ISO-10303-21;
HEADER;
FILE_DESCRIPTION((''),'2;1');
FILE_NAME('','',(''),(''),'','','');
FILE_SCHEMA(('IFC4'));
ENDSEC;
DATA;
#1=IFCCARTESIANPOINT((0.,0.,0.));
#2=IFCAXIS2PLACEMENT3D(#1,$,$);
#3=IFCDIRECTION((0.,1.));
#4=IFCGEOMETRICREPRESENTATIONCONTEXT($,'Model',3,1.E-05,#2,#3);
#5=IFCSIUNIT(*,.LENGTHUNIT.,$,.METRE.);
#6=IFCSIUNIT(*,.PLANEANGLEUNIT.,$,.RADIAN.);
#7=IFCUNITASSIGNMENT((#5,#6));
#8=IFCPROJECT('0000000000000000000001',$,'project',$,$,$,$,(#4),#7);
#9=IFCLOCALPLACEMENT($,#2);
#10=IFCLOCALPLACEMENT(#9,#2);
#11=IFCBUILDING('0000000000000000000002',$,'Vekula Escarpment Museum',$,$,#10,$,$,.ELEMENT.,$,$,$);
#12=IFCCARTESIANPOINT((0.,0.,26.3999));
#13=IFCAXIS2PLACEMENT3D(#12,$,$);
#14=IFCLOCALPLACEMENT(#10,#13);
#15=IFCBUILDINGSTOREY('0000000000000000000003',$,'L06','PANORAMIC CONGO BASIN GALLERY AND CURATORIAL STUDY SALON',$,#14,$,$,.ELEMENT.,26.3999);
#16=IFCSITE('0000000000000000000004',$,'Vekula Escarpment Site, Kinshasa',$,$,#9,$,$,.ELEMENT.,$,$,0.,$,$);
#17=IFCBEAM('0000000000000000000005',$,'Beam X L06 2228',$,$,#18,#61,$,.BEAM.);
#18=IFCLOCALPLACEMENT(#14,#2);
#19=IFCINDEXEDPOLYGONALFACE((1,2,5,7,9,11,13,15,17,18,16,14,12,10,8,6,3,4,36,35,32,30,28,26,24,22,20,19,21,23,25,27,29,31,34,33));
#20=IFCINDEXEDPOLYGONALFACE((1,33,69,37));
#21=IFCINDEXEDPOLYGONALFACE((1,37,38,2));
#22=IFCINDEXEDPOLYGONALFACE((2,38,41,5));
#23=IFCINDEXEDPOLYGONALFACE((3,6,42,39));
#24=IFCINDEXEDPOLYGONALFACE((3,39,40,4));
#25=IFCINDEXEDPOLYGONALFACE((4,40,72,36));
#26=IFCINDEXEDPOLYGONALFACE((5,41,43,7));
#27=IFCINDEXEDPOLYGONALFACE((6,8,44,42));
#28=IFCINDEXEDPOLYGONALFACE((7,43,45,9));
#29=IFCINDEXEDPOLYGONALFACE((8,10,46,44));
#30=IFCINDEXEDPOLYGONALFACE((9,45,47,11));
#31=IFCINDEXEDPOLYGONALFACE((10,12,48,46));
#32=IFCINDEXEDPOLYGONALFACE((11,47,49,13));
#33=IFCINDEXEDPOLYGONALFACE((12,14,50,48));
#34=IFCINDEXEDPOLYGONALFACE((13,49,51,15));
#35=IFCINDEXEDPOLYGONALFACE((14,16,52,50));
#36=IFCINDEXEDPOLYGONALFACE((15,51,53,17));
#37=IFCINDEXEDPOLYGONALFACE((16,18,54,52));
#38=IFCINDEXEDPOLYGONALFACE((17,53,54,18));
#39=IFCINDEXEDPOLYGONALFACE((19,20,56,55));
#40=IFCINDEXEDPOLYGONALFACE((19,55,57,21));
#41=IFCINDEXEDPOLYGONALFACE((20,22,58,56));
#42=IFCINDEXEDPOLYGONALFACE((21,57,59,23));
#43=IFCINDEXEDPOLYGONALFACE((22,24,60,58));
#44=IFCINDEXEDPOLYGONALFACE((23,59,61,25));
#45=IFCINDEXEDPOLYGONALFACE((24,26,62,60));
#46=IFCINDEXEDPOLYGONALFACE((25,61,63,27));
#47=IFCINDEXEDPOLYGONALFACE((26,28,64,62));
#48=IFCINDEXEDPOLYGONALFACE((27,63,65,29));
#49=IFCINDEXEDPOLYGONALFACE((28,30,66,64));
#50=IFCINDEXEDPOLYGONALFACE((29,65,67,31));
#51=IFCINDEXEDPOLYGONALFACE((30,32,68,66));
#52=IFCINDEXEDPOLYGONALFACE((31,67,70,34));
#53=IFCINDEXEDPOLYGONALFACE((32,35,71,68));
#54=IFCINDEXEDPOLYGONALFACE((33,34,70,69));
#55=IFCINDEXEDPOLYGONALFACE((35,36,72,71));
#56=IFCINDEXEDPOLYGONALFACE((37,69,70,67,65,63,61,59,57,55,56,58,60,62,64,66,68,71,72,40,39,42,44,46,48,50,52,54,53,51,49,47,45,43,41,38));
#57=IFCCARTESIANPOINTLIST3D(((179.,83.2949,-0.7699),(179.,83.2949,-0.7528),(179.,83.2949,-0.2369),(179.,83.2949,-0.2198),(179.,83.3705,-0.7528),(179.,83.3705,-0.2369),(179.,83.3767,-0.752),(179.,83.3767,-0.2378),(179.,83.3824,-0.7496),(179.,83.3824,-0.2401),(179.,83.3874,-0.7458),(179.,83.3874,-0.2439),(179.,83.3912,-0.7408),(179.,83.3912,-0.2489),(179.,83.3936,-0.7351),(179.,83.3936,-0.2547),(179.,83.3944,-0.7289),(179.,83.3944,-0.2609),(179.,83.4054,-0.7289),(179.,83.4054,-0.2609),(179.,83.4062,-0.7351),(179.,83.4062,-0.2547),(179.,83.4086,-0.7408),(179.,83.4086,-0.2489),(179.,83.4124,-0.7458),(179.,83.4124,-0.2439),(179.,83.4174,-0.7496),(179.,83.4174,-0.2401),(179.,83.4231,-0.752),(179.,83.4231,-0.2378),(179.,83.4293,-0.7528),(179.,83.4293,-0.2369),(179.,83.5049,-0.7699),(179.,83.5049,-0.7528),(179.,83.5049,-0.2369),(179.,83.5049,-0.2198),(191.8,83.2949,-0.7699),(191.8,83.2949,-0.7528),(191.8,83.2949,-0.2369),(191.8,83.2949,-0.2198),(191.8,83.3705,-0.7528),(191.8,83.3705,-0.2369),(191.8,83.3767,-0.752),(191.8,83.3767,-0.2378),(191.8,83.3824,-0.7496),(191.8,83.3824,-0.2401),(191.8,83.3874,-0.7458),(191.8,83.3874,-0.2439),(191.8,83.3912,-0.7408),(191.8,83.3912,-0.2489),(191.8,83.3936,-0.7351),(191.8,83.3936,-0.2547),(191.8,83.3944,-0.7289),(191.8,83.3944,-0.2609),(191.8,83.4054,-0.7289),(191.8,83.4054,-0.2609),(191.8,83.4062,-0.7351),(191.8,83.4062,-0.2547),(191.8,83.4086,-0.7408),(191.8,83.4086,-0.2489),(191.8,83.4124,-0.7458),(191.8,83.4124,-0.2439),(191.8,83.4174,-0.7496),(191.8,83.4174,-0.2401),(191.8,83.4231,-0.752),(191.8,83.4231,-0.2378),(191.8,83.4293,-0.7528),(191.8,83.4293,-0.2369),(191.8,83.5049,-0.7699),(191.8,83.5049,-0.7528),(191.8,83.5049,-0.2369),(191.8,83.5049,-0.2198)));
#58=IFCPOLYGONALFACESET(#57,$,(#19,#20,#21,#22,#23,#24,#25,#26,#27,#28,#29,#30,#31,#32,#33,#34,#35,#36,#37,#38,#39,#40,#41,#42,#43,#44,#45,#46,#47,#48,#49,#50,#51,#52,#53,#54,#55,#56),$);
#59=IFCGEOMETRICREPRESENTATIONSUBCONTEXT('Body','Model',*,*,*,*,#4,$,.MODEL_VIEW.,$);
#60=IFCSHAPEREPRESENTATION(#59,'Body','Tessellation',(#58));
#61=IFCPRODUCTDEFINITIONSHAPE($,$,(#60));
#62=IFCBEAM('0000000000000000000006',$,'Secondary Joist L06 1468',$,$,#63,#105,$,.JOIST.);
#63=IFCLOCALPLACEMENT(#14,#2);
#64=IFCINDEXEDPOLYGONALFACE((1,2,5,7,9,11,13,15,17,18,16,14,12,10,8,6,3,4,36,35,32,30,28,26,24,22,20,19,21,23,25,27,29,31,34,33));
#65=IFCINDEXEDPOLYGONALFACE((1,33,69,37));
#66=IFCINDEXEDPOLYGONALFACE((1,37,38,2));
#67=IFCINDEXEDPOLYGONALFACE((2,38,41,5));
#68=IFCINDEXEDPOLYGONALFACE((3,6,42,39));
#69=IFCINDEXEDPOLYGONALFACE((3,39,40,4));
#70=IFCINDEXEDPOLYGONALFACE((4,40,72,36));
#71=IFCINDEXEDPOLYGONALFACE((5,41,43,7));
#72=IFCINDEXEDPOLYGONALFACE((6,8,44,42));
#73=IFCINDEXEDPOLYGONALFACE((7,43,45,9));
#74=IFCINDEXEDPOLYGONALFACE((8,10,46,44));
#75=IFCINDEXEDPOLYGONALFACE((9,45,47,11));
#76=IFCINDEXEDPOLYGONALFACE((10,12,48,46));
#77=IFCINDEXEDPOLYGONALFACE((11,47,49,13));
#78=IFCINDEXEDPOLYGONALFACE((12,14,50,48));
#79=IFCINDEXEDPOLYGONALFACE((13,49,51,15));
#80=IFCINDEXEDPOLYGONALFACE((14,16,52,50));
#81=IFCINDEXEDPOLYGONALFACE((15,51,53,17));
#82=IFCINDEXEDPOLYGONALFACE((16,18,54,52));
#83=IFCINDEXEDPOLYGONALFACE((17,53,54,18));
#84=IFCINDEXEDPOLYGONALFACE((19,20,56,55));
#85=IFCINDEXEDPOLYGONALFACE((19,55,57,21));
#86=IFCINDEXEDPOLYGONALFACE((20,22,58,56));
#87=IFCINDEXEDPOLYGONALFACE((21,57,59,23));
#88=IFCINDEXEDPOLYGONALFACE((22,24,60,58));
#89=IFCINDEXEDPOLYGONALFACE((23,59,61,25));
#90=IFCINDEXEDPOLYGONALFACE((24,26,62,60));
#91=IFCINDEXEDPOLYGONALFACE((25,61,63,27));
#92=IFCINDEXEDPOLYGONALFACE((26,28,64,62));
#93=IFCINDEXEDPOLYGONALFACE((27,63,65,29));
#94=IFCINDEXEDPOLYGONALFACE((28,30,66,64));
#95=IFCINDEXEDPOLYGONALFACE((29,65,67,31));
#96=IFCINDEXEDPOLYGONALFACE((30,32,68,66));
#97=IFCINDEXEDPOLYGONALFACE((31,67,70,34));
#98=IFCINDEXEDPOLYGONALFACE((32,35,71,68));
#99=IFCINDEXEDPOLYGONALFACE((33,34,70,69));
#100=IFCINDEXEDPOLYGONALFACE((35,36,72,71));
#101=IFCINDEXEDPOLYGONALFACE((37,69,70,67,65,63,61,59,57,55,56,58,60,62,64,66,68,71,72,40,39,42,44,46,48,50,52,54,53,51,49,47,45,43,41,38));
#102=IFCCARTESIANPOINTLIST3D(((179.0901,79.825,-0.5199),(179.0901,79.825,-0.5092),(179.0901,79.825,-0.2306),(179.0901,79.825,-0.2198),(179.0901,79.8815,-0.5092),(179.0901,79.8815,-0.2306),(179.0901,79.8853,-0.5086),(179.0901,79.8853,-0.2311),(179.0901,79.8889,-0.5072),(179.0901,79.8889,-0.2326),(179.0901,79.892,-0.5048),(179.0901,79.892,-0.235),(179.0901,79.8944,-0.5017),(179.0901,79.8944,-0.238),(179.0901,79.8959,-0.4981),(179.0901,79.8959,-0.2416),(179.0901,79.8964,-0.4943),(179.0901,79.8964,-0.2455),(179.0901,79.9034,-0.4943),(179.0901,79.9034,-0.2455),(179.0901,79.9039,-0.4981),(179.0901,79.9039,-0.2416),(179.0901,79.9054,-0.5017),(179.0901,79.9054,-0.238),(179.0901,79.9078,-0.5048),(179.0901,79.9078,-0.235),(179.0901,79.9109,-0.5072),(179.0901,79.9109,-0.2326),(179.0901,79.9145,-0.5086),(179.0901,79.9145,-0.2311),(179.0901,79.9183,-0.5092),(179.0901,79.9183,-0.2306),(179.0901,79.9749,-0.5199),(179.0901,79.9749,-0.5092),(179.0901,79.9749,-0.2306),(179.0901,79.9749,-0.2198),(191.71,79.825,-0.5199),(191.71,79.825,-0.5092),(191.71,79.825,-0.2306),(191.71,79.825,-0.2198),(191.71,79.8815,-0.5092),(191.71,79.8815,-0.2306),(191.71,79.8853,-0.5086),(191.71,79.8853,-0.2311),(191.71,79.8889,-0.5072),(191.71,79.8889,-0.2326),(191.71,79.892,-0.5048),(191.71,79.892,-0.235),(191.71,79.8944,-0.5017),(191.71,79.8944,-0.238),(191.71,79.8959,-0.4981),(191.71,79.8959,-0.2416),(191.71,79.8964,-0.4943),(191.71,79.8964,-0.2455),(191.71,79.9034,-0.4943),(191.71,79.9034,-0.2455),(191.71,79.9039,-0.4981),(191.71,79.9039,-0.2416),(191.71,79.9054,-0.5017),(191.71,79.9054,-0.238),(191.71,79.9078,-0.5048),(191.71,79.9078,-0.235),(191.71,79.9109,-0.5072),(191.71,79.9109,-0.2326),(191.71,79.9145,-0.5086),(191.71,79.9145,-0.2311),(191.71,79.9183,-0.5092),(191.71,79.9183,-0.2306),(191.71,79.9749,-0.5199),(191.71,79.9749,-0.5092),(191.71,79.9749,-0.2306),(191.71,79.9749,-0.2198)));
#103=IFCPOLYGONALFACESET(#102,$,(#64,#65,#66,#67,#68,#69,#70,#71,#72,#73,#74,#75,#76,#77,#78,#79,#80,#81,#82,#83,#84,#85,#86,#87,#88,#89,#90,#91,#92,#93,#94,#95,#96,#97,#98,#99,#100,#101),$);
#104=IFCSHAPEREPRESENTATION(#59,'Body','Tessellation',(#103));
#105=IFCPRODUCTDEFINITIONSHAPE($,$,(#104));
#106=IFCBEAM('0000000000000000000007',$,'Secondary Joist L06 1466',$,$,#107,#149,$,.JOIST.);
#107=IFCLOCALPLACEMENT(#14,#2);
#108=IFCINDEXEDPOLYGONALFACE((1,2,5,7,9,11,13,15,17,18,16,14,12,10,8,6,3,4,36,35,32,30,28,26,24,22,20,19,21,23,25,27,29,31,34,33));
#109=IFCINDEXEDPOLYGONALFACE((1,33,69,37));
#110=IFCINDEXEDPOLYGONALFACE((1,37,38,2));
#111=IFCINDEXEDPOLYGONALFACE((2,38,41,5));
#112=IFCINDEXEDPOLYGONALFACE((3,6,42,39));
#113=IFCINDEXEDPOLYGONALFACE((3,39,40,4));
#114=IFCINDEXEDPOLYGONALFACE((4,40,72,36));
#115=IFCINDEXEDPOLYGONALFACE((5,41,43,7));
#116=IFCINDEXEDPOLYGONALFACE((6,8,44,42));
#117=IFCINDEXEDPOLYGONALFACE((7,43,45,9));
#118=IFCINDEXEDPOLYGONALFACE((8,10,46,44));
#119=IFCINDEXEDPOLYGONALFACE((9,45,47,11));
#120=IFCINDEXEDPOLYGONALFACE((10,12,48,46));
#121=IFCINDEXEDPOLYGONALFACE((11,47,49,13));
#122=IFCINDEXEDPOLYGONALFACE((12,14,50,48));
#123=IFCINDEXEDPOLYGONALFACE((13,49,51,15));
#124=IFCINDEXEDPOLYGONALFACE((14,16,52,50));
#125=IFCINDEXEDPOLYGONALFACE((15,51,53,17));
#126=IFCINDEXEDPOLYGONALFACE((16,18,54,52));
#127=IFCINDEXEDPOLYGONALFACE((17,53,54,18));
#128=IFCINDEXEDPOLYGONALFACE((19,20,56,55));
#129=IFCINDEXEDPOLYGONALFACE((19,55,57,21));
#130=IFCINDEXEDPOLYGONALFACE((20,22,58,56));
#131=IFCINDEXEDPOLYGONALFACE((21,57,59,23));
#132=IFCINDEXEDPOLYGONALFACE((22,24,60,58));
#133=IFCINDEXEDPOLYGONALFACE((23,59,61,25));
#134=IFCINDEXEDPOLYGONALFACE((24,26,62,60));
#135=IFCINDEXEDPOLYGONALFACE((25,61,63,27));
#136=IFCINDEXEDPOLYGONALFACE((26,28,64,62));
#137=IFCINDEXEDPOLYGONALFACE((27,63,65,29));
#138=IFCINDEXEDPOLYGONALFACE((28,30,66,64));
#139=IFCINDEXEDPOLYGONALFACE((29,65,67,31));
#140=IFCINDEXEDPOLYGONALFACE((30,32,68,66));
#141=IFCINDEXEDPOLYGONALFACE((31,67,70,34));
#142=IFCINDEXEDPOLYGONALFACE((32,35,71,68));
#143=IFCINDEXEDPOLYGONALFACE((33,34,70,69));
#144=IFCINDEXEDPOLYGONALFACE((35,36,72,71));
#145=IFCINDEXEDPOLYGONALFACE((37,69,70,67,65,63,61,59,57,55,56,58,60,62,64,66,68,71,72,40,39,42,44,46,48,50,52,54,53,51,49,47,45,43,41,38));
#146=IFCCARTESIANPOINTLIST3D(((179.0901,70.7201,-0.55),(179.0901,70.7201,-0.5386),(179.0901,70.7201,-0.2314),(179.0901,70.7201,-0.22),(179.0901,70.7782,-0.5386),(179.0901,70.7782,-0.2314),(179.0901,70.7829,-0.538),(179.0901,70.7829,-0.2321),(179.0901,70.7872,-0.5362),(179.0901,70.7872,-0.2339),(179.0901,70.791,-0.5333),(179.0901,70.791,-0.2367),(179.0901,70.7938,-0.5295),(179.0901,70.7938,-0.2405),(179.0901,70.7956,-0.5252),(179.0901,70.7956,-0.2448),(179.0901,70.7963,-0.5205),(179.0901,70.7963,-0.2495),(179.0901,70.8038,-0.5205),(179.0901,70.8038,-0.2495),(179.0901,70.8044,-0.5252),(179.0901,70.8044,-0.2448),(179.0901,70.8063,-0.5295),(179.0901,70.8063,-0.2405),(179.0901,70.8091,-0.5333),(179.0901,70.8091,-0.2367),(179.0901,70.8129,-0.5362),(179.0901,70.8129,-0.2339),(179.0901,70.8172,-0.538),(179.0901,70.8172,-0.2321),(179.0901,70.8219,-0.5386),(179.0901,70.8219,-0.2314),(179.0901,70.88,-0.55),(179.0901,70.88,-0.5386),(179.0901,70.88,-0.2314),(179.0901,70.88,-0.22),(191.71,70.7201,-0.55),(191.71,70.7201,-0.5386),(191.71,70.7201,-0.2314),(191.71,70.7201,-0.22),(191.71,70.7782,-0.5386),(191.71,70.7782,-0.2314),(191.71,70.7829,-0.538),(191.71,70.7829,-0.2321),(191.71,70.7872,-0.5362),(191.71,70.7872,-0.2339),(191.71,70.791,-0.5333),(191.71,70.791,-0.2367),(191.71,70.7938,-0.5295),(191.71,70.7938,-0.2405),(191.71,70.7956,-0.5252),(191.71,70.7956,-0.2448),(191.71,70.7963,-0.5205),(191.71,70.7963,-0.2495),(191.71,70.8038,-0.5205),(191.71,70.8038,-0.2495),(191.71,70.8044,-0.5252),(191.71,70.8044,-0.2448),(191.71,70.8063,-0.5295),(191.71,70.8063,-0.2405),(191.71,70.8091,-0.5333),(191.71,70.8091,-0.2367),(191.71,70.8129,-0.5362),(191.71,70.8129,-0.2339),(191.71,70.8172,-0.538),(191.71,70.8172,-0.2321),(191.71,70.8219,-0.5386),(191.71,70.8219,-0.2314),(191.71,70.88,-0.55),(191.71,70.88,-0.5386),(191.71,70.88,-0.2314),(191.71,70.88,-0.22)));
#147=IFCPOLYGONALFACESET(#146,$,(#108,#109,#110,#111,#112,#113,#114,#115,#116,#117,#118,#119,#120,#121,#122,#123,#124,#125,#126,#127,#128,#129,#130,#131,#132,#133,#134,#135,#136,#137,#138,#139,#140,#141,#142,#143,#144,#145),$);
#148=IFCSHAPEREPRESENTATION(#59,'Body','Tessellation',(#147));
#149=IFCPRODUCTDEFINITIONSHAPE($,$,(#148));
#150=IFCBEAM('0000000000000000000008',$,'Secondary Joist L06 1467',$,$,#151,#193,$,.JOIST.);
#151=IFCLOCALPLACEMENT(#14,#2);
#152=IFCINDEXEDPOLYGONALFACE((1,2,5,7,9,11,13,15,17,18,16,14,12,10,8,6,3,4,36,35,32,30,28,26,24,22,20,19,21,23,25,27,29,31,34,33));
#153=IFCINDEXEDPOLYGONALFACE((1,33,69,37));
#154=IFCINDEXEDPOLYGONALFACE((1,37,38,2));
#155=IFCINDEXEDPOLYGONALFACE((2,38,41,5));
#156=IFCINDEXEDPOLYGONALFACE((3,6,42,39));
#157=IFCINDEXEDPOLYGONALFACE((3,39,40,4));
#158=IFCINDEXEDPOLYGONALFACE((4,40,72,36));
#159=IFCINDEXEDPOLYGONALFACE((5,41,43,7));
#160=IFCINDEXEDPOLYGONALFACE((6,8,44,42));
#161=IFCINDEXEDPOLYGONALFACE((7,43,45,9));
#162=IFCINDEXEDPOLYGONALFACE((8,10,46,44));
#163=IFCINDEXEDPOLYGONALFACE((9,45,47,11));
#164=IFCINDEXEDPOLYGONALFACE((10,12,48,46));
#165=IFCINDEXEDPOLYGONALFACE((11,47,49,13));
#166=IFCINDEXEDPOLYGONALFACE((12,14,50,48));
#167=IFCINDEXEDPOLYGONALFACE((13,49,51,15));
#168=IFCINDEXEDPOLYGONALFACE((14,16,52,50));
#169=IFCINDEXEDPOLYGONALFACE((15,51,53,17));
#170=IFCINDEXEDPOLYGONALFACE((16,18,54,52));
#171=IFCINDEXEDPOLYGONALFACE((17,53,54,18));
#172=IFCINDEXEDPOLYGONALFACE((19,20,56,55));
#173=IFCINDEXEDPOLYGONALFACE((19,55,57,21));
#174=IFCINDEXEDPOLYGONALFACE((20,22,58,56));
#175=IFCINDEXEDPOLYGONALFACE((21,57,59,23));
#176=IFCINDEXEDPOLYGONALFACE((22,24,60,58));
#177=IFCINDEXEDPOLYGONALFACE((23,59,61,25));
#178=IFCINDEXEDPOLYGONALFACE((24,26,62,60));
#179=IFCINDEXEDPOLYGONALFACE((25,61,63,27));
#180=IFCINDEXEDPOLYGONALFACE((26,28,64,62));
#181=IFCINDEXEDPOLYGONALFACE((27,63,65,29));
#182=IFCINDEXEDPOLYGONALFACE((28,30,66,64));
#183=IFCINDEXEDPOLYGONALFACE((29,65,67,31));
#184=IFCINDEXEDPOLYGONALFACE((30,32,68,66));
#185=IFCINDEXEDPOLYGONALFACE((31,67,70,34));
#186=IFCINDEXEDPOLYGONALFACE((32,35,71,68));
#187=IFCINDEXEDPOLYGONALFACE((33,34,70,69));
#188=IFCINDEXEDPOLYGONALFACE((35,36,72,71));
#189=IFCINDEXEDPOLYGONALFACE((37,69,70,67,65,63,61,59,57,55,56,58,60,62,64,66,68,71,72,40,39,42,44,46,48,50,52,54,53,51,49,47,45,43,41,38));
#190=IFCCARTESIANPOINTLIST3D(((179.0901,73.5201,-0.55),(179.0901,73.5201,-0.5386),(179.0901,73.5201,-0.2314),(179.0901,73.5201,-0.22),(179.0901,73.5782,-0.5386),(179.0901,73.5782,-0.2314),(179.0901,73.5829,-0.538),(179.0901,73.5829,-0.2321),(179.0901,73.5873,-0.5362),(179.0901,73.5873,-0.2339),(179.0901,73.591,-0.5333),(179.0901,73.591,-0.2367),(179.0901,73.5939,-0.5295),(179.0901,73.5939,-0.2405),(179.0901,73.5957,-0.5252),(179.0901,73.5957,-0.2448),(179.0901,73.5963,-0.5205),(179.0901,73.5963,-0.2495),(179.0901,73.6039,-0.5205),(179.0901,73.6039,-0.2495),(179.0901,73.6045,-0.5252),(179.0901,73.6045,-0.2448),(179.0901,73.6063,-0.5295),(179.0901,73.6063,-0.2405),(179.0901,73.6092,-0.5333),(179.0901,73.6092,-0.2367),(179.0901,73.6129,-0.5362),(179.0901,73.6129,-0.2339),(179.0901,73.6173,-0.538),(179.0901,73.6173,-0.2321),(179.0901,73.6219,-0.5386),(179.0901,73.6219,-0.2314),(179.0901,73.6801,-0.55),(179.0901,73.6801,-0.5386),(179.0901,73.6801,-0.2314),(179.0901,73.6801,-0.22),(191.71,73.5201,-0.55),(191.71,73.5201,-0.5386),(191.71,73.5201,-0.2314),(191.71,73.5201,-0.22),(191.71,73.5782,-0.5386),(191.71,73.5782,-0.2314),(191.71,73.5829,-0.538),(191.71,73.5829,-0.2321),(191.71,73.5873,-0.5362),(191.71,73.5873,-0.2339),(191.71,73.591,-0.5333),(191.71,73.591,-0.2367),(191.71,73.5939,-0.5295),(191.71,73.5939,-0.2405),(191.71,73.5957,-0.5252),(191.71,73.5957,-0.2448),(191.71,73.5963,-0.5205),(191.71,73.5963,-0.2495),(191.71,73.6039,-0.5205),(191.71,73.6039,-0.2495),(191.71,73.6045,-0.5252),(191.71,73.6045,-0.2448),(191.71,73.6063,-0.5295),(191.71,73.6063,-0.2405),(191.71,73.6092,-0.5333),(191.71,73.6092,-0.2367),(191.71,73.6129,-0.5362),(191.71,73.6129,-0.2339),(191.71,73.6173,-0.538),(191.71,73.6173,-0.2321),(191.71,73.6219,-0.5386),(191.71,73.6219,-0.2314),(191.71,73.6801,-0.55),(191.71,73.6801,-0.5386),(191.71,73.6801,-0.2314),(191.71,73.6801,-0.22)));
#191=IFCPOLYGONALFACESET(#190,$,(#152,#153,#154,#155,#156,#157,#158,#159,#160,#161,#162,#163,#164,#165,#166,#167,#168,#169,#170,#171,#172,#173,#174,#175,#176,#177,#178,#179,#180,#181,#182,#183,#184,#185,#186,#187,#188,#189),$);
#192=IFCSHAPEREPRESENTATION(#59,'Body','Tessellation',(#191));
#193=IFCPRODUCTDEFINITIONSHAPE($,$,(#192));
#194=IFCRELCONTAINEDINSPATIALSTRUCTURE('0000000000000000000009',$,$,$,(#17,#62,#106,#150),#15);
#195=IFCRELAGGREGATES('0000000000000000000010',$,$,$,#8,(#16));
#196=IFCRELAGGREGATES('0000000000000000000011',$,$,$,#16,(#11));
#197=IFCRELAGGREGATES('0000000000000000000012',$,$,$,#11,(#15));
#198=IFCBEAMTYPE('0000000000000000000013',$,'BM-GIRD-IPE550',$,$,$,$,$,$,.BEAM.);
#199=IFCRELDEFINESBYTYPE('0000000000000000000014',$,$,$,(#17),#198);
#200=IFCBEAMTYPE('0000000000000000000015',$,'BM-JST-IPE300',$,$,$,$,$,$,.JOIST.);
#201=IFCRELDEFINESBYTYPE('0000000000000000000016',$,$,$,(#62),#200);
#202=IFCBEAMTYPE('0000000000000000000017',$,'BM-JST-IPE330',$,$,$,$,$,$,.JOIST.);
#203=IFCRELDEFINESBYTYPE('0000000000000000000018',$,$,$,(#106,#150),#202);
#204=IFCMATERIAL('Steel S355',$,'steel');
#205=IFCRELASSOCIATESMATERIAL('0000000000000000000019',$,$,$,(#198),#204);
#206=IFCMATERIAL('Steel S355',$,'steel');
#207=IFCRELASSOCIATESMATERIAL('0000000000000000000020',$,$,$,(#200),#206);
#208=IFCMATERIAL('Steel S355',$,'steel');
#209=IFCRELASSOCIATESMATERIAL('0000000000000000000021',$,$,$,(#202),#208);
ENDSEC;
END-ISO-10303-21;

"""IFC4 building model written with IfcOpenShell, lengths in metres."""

from ifc_helpers import new_model, si_unit, direction, frame, origin, origin_2d, place, context, subcontext, project, spatial, i_section, extrude, material, material_profile, profile_set, type_object, element, save


model = new_model("IFC4")

# Units and contexts
model_context = context("Model", 3, precision=1e-05, world=origin(), true_north=direction((0.0, 1.0)))
body_context = subcontext(model_context, "Body", "Model", "MODEL_VIEW")
ifc_project = project(units=[si_unit("LENGTHUNIT", "METRE"), si_unit("PLANEANGLEUNIT", "RADIAN")], contexts=[model_context])

# Site, building, storey
site_placement = place(None, origin())
site = spatial("IfcSite", under=ifc_project, at=site_placement, Name="Vekula Escarpment Site, Kinshasa", CompositionType="ELEMENT", RefElevation=0.0)
building_placement = place(site_placement, origin())
building = spatial("IfcBuilding", under=site, at=building_placement, Name="Vekula Escarpment Museum", CompositionType="ELEMENT")
storey_placement = place(building_placement, frame((0.0, 0.0, 26.3999)))
storey = spatial("IfcBuildingStorey", under=building, at=storey_placement, Name="L06", Description="PANORAMIC CONGO BASIN GALLERY AND CURATORIAL STUDY SALON", CompositionType="ELEMENT", Elevation=26.3999)

# Beams
ifc_material_1 = material(Name="Steel S355", Category="steel")
ifc_material_profile_1 = material_profile(ifc_material_1, i_section(OverallWidth=0.21, OverallDepth=0.55, WebThickness=0.011, FlangeThickness=0.0171, FilletRadius=0.0239, at=origin_2d()), Name="IPE 550")
ifc_profile_set_1 = profile_set([ifc_material_profile_1], Name="Steel S355")
beam_type_1 = type_object("IfcBeamType", Name="BM-GIRD-IPE550", PredefinedType="BEAM", material=ifc_profile_set_1)
for number, where, z_axis, x_axis, name in (
    (1, (179.0, 83.3999, -0.4949), (1.0, 0.0, 0.0), (0.0, 1.0, 0.0), "Beam X L06 2228"),
):
    element("IfcBeam", number, at=place(storey_placement, frame(where, z_axis=z_axis, x_axis=x_axis)), inside=storey, type_object=beam_type_1, Name=name, PredefinedType="BEAM", context=body_context, shape_type="SweptSolid", body=[
        extrude(i_section(OverallWidth=0.21, OverallDepth=0.55, WebThickness=0.011, FlangeThickness=0.0171, FilletRadius=0.0239, at=origin_2d()), origin(), (0.0, 0.0, 1.0), 12.8),
    ])
ifc_material_2 = material(Name="Steel S355", Category="steel")
ifc_material_profile_2 = material_profile(ifc_material_2, i_section(OverallWidth=0.1499, OverallDepth=0.3, WebThickness=0.0071, FlangeThickness=0.0107, FilletRadius=0.0149, at=origin_2d()), Name="IPE 300")
ifc_profile_set_2 = profile_set([ifc_material_profile_2], Name="Steel S355")
beam_type_2 = type_object("IfcBeamType", Name="BM-JST-IPE300", PredefinedType="JOIST", material=ifc_profile_set_2)
beam_1_placement = place(storey_placement, frame((179.0901, 79.8999, -0.3699), z_axis=(1.0, 0.0, 0.0), x_axis=(0.0, 1.0, 0.0)))
element("IfcBeam", 2, at=beam_1_placement, inside=storey, type_object=beam_type_2, Name="Secondary Joist L06 1468", PredefinedType="JOIST", context=body_context, shape_type="SweptSolid", body=[
    extrude(i_section(OverallWidth=0.1499, OverallDepth=0.3, WebThickness=0.0071, FlangeThickness=0.0107, FilletRadius=0.0149, at=origin_2d()), origin(), (0.0, 0.0, 1.0), 12.6199),
])
ifc_material_3 = material(Name="Steel S355", Category="steel")
ifc_material_profile_3 = material_profile(ifc_material_3, i_section(OverallWidth=0.1599, OverallDepth=0.3301, WebThickness=0.0076, FlangeThickness=0.0115, FilletRadius=0.0181, at=origin_2d()), Name="IPE 330")
ifc_profile_set_3 = profile_set([ifc_material_profile_3], Name="Steel S355")
beam_type_3 = type_object("IfcBeamType", Name="BM-JST-IPE330", PredefinedType="JOIST", material=ifc_profile_set_3)
for number, where, z_axis, x_axis, name in (
    (3, (179.0901, 70.8, -0.385), (1.0, 0.0, 0.0), (0.0, 1.0, 0.0), "Secondary Joist L06 1466"),
    (4, (179.0901, 73.6001, -0.385), (1.0, 0.0, 0.0), (0.0, 1.0, 0.0), "Secondary Joist L06 1467"),
):
    element("IfcBeam", number, at=place(storey_placement, frame(where, z_axis=z_axis, x_axis=x_axis)), inside=storey, type_object=beam_type_3, Name=name, PredefinedType="JOIST", context=body_context, shape_type="SweptSolid", body=[
        extrude(i_section(OverallWidth=0.1599, OverallDepth=0.3301, WebThickness=0.0076, FlangeThickness=0.0115, FilletRadius=0.0181, at=origin_2d()), origin(), (0.0, 0.0, 1.0), 12.6199),
    ])

save(model, "model.ifc")
